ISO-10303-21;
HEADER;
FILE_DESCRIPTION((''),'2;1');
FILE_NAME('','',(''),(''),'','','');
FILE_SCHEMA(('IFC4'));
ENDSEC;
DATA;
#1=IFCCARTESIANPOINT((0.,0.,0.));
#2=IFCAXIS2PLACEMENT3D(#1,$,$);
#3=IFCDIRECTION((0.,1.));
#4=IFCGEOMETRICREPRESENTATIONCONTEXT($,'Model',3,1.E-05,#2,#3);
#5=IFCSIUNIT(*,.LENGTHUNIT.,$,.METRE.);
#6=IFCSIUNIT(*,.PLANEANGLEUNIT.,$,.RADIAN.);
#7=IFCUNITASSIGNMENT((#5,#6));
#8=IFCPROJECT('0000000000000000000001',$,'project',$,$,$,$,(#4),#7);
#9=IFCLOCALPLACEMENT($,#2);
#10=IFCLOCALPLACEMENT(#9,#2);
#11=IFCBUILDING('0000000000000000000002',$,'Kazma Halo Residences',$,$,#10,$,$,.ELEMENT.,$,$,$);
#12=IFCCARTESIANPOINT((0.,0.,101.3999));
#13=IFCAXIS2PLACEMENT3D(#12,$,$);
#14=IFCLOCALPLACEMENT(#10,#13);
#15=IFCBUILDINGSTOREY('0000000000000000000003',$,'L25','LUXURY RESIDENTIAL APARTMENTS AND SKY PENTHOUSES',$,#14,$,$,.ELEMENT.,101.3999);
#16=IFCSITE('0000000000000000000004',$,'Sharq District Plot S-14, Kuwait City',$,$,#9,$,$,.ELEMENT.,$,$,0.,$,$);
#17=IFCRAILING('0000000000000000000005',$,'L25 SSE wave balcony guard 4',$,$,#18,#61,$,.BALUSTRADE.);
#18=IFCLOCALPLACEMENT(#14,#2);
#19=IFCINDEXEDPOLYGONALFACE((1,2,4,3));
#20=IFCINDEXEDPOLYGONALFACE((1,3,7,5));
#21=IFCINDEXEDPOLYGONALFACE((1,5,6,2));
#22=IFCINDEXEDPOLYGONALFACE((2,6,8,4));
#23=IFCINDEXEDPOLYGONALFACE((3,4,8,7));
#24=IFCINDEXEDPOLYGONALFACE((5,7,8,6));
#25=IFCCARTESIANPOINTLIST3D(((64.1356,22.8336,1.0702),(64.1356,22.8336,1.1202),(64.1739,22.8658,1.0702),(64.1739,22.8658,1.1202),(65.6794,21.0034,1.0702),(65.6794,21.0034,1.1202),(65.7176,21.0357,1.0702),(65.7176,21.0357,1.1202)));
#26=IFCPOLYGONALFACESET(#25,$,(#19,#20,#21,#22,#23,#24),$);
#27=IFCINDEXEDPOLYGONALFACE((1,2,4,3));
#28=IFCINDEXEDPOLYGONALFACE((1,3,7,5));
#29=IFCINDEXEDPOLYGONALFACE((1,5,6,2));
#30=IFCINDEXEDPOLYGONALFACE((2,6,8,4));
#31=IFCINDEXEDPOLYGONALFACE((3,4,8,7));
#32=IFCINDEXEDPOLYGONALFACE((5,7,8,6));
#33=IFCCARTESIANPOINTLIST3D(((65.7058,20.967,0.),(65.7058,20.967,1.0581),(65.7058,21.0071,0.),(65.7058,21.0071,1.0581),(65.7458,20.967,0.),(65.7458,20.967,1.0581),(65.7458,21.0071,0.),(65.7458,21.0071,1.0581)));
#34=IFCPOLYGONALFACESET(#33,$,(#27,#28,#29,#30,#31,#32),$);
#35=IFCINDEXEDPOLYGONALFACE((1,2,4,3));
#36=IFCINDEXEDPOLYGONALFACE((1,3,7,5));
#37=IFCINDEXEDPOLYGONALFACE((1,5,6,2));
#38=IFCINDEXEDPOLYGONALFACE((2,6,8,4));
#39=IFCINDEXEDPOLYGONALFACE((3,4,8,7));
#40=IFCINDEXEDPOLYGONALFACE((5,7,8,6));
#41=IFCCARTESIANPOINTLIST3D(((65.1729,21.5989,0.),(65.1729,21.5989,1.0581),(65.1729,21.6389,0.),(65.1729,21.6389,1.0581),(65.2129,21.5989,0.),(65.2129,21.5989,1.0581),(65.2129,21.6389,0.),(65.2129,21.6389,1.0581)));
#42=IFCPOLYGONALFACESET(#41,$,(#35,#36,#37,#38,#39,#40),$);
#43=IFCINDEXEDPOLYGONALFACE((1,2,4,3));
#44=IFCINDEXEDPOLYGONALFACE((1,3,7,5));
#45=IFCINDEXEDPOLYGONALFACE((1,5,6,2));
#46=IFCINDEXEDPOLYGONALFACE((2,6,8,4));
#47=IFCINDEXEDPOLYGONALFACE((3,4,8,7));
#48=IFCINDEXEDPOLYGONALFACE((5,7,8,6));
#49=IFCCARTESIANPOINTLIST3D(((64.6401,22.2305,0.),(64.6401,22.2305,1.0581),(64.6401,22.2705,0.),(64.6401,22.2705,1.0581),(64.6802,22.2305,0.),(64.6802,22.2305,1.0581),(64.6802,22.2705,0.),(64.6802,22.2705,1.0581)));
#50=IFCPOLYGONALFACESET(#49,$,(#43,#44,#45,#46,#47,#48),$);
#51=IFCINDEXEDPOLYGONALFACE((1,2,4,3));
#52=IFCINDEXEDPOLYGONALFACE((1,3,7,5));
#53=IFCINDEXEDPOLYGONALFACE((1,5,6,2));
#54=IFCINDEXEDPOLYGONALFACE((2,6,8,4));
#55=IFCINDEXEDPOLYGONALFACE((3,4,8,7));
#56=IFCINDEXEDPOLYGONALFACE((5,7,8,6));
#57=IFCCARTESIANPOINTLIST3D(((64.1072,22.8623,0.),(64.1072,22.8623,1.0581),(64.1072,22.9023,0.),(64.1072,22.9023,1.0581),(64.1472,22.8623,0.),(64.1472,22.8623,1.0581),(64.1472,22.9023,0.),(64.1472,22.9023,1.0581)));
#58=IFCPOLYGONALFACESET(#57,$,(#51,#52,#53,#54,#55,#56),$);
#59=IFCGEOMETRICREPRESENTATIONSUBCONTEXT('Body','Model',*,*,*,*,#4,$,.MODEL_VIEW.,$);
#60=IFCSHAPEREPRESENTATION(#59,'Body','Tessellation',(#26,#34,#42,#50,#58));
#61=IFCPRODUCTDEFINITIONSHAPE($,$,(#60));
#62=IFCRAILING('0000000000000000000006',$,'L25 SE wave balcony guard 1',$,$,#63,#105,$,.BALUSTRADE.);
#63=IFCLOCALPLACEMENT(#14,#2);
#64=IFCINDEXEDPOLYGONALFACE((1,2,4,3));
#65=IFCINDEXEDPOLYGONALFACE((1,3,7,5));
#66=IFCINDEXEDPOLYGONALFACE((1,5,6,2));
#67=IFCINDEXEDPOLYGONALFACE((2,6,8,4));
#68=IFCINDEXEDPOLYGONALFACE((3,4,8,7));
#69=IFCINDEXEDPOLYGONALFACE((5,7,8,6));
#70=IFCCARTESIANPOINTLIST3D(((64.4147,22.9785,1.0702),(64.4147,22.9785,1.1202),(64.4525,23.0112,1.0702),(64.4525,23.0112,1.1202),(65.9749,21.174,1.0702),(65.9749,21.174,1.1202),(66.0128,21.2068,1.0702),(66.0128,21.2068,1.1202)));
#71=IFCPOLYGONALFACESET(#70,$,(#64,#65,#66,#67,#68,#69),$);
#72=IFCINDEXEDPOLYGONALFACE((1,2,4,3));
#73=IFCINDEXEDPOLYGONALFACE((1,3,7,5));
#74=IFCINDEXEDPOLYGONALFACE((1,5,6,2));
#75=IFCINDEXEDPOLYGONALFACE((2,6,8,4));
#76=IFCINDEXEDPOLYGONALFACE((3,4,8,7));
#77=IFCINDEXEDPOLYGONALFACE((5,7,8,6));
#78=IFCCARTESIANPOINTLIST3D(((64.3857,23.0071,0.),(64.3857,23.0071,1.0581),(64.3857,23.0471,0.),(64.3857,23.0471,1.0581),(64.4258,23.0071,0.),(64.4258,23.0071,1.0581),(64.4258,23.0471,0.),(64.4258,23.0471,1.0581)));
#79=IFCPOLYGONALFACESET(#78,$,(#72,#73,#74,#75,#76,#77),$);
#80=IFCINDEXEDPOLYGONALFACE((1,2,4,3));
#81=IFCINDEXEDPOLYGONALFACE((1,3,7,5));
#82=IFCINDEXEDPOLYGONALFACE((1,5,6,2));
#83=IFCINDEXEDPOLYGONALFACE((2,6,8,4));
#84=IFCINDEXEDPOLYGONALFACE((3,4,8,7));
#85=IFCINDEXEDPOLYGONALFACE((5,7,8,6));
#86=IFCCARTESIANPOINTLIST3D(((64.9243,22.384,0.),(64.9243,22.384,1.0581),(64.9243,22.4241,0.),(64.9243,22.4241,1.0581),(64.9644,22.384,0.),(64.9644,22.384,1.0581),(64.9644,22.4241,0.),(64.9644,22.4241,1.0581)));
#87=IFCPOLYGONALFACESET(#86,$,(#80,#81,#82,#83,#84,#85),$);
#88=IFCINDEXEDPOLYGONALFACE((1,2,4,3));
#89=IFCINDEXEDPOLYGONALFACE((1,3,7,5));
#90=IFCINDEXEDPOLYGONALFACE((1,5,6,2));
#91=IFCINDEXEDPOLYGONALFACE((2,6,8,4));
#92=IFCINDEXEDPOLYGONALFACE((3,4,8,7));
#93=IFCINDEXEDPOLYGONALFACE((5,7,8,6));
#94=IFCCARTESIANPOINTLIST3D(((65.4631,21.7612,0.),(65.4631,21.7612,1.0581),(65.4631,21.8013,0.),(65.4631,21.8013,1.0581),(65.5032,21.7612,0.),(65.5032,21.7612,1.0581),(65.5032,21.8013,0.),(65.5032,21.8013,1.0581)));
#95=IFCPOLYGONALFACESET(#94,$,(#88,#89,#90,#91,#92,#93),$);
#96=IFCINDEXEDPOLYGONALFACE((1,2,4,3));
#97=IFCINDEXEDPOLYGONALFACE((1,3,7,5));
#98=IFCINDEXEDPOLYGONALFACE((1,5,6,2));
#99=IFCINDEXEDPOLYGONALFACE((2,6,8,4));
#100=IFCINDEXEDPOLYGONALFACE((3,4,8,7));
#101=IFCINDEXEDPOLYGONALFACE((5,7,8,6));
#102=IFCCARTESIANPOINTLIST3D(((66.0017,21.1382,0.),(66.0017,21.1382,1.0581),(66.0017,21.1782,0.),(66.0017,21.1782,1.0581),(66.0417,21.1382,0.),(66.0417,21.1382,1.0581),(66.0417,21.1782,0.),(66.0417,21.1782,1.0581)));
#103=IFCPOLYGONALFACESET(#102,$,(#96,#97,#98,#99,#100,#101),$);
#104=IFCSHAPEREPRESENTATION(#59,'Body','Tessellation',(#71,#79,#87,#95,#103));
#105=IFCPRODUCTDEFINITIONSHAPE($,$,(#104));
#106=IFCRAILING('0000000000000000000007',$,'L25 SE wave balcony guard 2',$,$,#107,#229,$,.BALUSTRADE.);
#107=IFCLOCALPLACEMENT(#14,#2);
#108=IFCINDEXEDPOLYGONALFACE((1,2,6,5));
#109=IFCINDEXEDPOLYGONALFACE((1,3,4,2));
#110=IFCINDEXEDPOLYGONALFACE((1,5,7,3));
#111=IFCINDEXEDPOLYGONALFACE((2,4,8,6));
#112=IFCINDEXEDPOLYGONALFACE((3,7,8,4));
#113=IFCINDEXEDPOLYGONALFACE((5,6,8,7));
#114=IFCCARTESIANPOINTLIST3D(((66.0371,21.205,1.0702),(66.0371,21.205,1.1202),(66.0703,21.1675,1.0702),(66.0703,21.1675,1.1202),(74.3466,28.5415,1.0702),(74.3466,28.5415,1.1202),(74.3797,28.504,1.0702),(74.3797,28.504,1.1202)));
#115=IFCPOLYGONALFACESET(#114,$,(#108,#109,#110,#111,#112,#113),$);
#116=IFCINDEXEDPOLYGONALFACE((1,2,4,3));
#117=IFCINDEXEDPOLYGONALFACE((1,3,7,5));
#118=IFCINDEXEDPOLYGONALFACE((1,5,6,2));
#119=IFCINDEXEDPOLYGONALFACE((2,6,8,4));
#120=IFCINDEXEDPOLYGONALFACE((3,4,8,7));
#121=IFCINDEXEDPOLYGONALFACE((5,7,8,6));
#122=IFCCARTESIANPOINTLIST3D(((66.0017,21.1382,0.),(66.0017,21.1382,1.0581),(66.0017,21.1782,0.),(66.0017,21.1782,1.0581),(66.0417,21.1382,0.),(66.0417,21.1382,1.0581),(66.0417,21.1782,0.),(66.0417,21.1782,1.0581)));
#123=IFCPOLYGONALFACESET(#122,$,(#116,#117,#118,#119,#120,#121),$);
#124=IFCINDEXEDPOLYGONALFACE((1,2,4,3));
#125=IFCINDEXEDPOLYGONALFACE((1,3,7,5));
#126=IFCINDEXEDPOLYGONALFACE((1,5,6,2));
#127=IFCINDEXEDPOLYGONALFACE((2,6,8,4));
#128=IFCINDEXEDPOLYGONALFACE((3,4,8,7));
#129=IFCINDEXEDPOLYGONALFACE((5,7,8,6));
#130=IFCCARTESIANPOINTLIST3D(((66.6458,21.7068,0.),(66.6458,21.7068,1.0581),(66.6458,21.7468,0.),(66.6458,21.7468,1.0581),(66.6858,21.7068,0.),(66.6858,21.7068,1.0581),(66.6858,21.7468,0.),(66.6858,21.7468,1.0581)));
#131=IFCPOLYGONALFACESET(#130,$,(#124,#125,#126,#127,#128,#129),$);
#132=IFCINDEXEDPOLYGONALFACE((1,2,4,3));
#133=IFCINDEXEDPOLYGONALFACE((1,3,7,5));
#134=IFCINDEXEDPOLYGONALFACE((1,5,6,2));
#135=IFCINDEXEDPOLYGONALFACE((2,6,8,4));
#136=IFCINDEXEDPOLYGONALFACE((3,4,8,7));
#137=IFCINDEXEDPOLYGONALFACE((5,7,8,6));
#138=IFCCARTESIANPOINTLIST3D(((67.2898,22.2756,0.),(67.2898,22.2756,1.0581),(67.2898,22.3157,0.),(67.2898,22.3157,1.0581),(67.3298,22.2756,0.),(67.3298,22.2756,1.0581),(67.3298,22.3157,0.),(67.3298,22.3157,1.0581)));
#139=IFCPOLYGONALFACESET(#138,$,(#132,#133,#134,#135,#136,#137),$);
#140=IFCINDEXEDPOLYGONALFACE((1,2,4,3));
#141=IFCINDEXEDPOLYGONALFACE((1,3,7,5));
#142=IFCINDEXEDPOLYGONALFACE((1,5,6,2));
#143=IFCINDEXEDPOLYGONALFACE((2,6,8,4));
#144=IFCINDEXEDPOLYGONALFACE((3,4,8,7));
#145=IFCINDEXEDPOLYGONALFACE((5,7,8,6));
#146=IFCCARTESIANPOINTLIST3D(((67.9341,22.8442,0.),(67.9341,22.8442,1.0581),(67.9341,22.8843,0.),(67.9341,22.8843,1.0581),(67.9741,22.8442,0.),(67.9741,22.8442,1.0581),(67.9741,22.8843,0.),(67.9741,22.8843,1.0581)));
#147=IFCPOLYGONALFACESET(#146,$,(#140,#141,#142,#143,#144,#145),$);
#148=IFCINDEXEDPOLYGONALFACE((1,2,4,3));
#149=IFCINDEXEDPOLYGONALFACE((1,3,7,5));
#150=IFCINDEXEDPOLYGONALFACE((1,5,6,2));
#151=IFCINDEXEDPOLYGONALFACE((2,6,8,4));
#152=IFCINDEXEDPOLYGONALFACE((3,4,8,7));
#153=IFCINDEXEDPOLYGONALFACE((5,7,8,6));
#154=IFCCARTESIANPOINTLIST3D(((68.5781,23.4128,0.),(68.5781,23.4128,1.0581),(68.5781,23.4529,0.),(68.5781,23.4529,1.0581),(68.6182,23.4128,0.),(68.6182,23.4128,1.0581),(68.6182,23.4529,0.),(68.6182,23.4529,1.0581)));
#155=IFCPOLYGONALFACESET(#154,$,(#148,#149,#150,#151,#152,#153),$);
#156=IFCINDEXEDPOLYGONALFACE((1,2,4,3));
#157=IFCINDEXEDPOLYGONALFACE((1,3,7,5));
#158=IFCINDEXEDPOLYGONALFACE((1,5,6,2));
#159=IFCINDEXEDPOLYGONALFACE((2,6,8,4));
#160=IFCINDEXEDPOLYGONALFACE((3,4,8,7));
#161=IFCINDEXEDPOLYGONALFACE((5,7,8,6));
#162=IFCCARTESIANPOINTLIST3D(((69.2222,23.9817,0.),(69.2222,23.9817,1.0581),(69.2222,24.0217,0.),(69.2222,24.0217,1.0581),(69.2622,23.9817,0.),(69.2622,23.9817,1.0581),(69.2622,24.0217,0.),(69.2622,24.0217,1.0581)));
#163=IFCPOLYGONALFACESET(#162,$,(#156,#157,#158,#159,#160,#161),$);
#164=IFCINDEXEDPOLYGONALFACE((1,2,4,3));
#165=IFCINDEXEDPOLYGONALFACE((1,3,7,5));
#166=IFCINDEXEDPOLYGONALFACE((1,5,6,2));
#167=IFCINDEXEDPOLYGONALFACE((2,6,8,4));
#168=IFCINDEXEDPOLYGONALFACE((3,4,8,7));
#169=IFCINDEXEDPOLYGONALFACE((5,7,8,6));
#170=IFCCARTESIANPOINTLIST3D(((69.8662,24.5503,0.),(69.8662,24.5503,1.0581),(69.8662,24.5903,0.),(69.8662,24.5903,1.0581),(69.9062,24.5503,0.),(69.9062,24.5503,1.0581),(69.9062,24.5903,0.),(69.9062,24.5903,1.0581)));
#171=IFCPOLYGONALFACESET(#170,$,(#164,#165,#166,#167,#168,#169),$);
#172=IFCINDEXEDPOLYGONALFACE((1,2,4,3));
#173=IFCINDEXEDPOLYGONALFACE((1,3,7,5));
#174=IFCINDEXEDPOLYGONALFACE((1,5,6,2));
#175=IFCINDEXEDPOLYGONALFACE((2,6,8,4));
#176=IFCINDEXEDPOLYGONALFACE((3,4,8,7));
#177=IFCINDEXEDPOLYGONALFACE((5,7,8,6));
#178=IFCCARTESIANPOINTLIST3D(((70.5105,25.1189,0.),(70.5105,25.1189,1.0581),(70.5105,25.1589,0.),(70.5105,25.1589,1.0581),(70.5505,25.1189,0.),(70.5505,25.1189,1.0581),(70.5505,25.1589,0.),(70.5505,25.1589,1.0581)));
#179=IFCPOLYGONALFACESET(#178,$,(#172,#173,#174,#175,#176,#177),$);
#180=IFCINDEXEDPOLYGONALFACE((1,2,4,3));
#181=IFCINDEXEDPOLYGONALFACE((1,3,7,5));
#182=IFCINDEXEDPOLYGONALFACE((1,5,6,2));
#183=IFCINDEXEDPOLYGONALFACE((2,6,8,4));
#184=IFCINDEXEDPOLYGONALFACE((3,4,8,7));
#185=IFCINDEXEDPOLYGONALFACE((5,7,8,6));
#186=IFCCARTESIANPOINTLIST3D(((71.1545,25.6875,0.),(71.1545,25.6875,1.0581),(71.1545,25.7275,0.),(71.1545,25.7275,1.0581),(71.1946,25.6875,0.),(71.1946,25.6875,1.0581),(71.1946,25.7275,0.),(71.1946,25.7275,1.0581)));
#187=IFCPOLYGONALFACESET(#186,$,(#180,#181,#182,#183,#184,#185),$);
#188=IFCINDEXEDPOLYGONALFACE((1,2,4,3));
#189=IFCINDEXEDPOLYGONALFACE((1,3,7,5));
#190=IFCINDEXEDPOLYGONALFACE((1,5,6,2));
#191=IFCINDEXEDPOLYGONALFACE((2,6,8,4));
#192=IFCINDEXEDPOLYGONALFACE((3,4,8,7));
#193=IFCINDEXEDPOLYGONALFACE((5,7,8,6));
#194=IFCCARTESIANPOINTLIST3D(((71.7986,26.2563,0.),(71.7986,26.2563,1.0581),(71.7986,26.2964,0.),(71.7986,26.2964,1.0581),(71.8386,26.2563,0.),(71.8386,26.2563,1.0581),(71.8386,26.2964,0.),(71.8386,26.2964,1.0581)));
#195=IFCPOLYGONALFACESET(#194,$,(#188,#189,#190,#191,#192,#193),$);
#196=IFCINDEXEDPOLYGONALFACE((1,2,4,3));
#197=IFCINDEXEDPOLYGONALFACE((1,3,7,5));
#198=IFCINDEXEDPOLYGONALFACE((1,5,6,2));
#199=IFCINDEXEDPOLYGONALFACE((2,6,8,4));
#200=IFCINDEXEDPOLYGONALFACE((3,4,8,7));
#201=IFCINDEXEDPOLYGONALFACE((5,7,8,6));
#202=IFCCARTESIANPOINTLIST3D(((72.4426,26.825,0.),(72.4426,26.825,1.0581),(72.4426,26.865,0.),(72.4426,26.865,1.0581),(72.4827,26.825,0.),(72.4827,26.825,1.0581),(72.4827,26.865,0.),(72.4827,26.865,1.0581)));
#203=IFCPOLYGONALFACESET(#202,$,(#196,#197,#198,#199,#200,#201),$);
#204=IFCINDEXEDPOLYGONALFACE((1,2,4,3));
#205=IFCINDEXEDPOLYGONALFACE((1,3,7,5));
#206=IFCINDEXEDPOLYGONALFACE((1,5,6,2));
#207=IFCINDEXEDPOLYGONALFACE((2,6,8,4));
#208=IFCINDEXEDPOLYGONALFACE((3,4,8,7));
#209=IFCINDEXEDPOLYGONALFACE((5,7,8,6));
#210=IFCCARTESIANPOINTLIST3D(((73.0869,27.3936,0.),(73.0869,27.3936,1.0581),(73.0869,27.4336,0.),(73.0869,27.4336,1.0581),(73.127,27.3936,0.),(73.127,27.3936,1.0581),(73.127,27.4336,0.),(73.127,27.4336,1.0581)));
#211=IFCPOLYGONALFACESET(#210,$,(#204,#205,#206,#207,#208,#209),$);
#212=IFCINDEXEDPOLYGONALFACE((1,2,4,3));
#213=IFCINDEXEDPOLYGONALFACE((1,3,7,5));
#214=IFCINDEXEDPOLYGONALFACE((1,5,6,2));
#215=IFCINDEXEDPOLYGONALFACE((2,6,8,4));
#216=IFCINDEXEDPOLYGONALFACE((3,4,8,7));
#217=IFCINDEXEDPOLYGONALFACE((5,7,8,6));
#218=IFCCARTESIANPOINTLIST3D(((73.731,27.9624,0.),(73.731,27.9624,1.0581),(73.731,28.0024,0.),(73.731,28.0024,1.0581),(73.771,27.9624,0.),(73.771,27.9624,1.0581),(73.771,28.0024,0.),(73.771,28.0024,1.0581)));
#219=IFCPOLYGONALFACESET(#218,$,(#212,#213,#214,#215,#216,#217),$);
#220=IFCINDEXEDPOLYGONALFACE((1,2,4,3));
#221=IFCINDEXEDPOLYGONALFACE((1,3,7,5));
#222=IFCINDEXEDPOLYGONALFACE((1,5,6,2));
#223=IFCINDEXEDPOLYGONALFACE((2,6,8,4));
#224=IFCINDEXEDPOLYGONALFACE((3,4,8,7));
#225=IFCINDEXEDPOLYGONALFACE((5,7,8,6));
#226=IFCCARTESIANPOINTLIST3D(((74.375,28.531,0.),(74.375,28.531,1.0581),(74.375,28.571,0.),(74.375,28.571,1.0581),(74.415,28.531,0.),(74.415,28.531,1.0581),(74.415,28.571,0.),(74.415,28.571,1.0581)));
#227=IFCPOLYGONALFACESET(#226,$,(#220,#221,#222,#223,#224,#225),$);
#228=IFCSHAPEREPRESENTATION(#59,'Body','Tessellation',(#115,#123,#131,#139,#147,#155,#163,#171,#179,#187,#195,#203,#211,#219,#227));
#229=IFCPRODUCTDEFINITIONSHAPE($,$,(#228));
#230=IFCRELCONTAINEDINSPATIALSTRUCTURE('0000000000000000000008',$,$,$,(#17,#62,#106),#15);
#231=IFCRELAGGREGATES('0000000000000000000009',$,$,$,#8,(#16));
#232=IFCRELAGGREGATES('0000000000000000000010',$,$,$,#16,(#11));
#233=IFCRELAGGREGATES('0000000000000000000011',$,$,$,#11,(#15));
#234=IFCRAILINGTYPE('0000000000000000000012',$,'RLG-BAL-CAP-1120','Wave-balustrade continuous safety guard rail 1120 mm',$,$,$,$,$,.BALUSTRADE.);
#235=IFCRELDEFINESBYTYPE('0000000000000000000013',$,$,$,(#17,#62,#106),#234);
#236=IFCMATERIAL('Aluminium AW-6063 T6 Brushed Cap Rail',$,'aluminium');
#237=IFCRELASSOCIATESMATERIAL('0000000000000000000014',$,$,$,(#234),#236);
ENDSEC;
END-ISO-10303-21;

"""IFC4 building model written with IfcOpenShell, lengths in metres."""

from ifc_helpers import new_model, si_unit, direction, frame, origin, origin_2d, place, context, subcontext, project, spatial, rectangle, extrude, material, type_object, element, save


model = new_model("IFC4")

# Units and contexts
model_context = context("Model", 3, precision=1e-05, world=origin(), true_north=direction((0.0, 1.0)))
body_context = subcontext(model_context, "Body", "Model", "MODEL_VIEW")
ifc_project = project(units=[si_unit("LENGTHUNIT", "METRE"), si_unit("PLANEANGLEUNIT", "RADIAN")], contexts=[model_context])

# Site, building, storey
site_placement = place(None, origin())
site = spatial("IfcSite", under=ifc_project, at=site_placement, Name="Sharq District Plot S-14, Kuwait City", CompositionType="ELEMENT", RefElevation=0.0)
building_placement = place(site_placement, origin())
building = spatial("IfcBuilding", under=site, at=building_placement, Name="Kazma Halo Residences", CompositionType="ELEMENT")
storey_placement = place(building_placement, frame((0.0, 0.0, 101.3999)))
storey = spatial("IfcBuildingStorey", under=building, at=storey_placement, Name="L25", Description="LUXURY RESIDENTIAL APARTMENTS AND SKY PENTHOUSES", CompositionType="ELEMENT", Elevation=101.3999)

# Railings
ifc_material_1 = material(Name="Aluminium AW-6063 T6 Brushed Cap Rail", Category="aluminium")
railing_type = type_object("IfcRailingType", Name="RLG-BAL-CAP-1120", Description="Wave-balustrade continuous safety guard rail 1120 mm", PredefinedType="BALUSTRADE", material=ifc_material_1)
railing_1_placement = place(storey_placement, frame((65.7258, 20.9871, 0.0)))
element("IfcRailing", 1, at=railing_1_placement, inside=storey, type_object=railing_type, Name="L25 SSE wave balcony guard 4", PredefinedType="BALUSTRADE", context=body_context, shape_type="SweptSolid", body=[
    extrude(rectangle(XDim=0.05, YDim=0.05, at=origin_2d()), frame((-0.0273, 0.0325, 1.0952), z_axis=(-0.644754, 0.76439, 0.0), x_axis=(-0.76439, -0.644754, 0.0)), (0.0, 0.0, 1.0), 2.3943),
    extrude(rectangle(XDim=0.04, YDim=0.04, at=origin_2d()), origin(), (0.0, 0.0, 1.0), 1.0581),
    extrude(rectangle(XDim=0.04, YDim=0.04, at=origin_2d()), frame((-0.533, 0.6318, 0.0)), (0.0, 0.0, 1.0), 1.0581),
    extrude(rectangle(XDim=0.04, YDim=0.04, at=origin_2d()), frame((-1.0657, 1.2634, 0.0)), (0.0, 0.0, 1.0), 1.0581),
    extrude(rectangle(XDim=0.04, YDim=0.04, at=origin_2d()), frame((-1.5986, 1.8953, 0.0)), (0.0, 0.0, 1.0), 1.0581),
])
railing_2_placement = place(storey_placement, frame((64.4058, 23.0271, 0.0)))
element("IfcRailing", 2, at=railing_2_placement, inside=storey, type_object=railing_type, Name="L25 SE wave balcony guard 1", PredefinedType="BALUSTRADE", context=body_context, shape_type="SweptSolid", body=[
    extrude(rectangle(XDim=0.05, YDim=0.05, at=origin_2d()), frame((0.0278, -0.0322, 1.0952), z_axis=(0.654065, -0.756438, 0.0), x_axis=(0.756438, 0.654065, 0.0)), (0.0, 0.0, 1.0), 2.3855),
    extrude(rectangle(XDim=0.04, YDim=0.04, at=origin_2d()), origin(), (0.0, 0.0, 1.0), 1.0581),
    extrude(rectangle(XDim=0.04, YDim=0.04, at=origin_2d()), frame((0.5386, -0.623, 0.0)), (0.0, 0.0, 1.0), 1.0581),
    extrude(rectangle(XDim=0.04, YDim=0.04, at=origin_2d()), frame((1.0774, -1.2458, 0.0)), (0.0, 0.0, 1.0), 1.0581),
    extrude(rectangle(XDim=0.04, YDim=0.04, at=origin_2d()), frame((1.616, -1.8689, 0.0)), (0.0, 0.0, 1.0), 1.0581),
])
railing_3_placement = place(storey_placement, frame((66.0217, 21.1582, 0.0)))
element("IfcRailing", 3, at=railing_3_placement, inside=storey, type_object=railing_type, Name="L25 SE wave balcony guard 2", PredefinedType="BALUSTRADE", context=body_context, shape_type="SweptSolid", body=[
    extrude(rectangle(XDim=0.05, YDim=0.05, at=origin_2d()), frame((0.032, 0.0281, 1.0952), z_axis=(0.749632, 0.661854, 0.0), x_axis=(-0.661854, 0.749632, 0.0)), (0.0, 0.0, 1.0), 11.0847),
    extrude(rectangle(XDim=0.04, YDim=0.04, at=origin_2d()), origin(), (0.0, 0.0, 1.0), 1.0581),
    extrude(rectangle(XDim=0.04, YDim=0.04, at=origin_2d()), frame((0.644, 0.5686, 0.0)), (0.0, 0.0, 1.0), 1.0581),
    extrude(rectangle(XDim=0.04, YDim=0.04, at=origin_2d()), frame((1.2881, 1.1375, 0.0)), (0.0, 0.0, 1.0), 1.0581),
    extrude(rectangle(XDim=0.04, YDim=0.04, at=origin_2d()), frame((1.9324, 1.7061, 0.0)), (0.0, 0.0, 1.0), 1.0581),
    extrude(rectangle(XDim=0.04, YDim=0.04, at=origin_2d()), frame((2.5764, 2.2747, 0.0)), (0.0, 0.0, 1.0), 1.0581),
    extrude(rectangle(XDim=0.04, YDim=0.04, at=origin_2d()), frame((3.2205, 2.8435, 0.0)), (0.0, 0.0, 1.0), 1.0581),
    extrude(rectangle(XDim=0.04, YDim=0.04, at=origin_2d()), frame((3.8645, 3.4121, 0.0)), (0.0, 0.0, 1.0), 1.0581),
    extrude(rectangle(XDim=0.04, YDim=0.04, at=origin_2d()), frame((4.5088, 3.9807, 0.0)), (0.0, 0.0, 1.0), 1.0581),
    extrude(rectangle(XDim=0.04, YDim=0.04, at=origin_2d()), frame((5.1528, 4.5493, 0.0)), (0.0, 0.0, 1.0), 1.0581),
    extrude(rectangle(XDim=0.04, YDim=0.04, at=origin_2d()), frame((5.7969, 5.1182, 0.0)), (0.0, 0.0, 1.0), 1.0581),
    extrude(rectangle(XDim=0.04, YDim=0.04, at=origin_2d()), frame((6.4409, 5.6868, 0.0)), (0.0, 0.0, 1.0), 1.0581),
    extrude(rectangle(XDim=0.04, YDim=0.04, at=origin_2d()), frame((7.0852, 6.2554, 0.0)), (0.0, 0.0, 1.0), 1.0581),
    extrude(rectangle(XDim=0.04, YDim=0.04, at=origin_2d()), frame((7.7292, 6.8242, 0.0)), (0.0, 0.0, 1.0), 1.0581),
    extrude(rectangle(XDim=0.04, YDim=0.04, at=origin_2d()), frame((8.3733, 7.3928, 0.0)), (0.0, 0.0, 1.0), 1.0581),
])

save(model, "model.ifc")
